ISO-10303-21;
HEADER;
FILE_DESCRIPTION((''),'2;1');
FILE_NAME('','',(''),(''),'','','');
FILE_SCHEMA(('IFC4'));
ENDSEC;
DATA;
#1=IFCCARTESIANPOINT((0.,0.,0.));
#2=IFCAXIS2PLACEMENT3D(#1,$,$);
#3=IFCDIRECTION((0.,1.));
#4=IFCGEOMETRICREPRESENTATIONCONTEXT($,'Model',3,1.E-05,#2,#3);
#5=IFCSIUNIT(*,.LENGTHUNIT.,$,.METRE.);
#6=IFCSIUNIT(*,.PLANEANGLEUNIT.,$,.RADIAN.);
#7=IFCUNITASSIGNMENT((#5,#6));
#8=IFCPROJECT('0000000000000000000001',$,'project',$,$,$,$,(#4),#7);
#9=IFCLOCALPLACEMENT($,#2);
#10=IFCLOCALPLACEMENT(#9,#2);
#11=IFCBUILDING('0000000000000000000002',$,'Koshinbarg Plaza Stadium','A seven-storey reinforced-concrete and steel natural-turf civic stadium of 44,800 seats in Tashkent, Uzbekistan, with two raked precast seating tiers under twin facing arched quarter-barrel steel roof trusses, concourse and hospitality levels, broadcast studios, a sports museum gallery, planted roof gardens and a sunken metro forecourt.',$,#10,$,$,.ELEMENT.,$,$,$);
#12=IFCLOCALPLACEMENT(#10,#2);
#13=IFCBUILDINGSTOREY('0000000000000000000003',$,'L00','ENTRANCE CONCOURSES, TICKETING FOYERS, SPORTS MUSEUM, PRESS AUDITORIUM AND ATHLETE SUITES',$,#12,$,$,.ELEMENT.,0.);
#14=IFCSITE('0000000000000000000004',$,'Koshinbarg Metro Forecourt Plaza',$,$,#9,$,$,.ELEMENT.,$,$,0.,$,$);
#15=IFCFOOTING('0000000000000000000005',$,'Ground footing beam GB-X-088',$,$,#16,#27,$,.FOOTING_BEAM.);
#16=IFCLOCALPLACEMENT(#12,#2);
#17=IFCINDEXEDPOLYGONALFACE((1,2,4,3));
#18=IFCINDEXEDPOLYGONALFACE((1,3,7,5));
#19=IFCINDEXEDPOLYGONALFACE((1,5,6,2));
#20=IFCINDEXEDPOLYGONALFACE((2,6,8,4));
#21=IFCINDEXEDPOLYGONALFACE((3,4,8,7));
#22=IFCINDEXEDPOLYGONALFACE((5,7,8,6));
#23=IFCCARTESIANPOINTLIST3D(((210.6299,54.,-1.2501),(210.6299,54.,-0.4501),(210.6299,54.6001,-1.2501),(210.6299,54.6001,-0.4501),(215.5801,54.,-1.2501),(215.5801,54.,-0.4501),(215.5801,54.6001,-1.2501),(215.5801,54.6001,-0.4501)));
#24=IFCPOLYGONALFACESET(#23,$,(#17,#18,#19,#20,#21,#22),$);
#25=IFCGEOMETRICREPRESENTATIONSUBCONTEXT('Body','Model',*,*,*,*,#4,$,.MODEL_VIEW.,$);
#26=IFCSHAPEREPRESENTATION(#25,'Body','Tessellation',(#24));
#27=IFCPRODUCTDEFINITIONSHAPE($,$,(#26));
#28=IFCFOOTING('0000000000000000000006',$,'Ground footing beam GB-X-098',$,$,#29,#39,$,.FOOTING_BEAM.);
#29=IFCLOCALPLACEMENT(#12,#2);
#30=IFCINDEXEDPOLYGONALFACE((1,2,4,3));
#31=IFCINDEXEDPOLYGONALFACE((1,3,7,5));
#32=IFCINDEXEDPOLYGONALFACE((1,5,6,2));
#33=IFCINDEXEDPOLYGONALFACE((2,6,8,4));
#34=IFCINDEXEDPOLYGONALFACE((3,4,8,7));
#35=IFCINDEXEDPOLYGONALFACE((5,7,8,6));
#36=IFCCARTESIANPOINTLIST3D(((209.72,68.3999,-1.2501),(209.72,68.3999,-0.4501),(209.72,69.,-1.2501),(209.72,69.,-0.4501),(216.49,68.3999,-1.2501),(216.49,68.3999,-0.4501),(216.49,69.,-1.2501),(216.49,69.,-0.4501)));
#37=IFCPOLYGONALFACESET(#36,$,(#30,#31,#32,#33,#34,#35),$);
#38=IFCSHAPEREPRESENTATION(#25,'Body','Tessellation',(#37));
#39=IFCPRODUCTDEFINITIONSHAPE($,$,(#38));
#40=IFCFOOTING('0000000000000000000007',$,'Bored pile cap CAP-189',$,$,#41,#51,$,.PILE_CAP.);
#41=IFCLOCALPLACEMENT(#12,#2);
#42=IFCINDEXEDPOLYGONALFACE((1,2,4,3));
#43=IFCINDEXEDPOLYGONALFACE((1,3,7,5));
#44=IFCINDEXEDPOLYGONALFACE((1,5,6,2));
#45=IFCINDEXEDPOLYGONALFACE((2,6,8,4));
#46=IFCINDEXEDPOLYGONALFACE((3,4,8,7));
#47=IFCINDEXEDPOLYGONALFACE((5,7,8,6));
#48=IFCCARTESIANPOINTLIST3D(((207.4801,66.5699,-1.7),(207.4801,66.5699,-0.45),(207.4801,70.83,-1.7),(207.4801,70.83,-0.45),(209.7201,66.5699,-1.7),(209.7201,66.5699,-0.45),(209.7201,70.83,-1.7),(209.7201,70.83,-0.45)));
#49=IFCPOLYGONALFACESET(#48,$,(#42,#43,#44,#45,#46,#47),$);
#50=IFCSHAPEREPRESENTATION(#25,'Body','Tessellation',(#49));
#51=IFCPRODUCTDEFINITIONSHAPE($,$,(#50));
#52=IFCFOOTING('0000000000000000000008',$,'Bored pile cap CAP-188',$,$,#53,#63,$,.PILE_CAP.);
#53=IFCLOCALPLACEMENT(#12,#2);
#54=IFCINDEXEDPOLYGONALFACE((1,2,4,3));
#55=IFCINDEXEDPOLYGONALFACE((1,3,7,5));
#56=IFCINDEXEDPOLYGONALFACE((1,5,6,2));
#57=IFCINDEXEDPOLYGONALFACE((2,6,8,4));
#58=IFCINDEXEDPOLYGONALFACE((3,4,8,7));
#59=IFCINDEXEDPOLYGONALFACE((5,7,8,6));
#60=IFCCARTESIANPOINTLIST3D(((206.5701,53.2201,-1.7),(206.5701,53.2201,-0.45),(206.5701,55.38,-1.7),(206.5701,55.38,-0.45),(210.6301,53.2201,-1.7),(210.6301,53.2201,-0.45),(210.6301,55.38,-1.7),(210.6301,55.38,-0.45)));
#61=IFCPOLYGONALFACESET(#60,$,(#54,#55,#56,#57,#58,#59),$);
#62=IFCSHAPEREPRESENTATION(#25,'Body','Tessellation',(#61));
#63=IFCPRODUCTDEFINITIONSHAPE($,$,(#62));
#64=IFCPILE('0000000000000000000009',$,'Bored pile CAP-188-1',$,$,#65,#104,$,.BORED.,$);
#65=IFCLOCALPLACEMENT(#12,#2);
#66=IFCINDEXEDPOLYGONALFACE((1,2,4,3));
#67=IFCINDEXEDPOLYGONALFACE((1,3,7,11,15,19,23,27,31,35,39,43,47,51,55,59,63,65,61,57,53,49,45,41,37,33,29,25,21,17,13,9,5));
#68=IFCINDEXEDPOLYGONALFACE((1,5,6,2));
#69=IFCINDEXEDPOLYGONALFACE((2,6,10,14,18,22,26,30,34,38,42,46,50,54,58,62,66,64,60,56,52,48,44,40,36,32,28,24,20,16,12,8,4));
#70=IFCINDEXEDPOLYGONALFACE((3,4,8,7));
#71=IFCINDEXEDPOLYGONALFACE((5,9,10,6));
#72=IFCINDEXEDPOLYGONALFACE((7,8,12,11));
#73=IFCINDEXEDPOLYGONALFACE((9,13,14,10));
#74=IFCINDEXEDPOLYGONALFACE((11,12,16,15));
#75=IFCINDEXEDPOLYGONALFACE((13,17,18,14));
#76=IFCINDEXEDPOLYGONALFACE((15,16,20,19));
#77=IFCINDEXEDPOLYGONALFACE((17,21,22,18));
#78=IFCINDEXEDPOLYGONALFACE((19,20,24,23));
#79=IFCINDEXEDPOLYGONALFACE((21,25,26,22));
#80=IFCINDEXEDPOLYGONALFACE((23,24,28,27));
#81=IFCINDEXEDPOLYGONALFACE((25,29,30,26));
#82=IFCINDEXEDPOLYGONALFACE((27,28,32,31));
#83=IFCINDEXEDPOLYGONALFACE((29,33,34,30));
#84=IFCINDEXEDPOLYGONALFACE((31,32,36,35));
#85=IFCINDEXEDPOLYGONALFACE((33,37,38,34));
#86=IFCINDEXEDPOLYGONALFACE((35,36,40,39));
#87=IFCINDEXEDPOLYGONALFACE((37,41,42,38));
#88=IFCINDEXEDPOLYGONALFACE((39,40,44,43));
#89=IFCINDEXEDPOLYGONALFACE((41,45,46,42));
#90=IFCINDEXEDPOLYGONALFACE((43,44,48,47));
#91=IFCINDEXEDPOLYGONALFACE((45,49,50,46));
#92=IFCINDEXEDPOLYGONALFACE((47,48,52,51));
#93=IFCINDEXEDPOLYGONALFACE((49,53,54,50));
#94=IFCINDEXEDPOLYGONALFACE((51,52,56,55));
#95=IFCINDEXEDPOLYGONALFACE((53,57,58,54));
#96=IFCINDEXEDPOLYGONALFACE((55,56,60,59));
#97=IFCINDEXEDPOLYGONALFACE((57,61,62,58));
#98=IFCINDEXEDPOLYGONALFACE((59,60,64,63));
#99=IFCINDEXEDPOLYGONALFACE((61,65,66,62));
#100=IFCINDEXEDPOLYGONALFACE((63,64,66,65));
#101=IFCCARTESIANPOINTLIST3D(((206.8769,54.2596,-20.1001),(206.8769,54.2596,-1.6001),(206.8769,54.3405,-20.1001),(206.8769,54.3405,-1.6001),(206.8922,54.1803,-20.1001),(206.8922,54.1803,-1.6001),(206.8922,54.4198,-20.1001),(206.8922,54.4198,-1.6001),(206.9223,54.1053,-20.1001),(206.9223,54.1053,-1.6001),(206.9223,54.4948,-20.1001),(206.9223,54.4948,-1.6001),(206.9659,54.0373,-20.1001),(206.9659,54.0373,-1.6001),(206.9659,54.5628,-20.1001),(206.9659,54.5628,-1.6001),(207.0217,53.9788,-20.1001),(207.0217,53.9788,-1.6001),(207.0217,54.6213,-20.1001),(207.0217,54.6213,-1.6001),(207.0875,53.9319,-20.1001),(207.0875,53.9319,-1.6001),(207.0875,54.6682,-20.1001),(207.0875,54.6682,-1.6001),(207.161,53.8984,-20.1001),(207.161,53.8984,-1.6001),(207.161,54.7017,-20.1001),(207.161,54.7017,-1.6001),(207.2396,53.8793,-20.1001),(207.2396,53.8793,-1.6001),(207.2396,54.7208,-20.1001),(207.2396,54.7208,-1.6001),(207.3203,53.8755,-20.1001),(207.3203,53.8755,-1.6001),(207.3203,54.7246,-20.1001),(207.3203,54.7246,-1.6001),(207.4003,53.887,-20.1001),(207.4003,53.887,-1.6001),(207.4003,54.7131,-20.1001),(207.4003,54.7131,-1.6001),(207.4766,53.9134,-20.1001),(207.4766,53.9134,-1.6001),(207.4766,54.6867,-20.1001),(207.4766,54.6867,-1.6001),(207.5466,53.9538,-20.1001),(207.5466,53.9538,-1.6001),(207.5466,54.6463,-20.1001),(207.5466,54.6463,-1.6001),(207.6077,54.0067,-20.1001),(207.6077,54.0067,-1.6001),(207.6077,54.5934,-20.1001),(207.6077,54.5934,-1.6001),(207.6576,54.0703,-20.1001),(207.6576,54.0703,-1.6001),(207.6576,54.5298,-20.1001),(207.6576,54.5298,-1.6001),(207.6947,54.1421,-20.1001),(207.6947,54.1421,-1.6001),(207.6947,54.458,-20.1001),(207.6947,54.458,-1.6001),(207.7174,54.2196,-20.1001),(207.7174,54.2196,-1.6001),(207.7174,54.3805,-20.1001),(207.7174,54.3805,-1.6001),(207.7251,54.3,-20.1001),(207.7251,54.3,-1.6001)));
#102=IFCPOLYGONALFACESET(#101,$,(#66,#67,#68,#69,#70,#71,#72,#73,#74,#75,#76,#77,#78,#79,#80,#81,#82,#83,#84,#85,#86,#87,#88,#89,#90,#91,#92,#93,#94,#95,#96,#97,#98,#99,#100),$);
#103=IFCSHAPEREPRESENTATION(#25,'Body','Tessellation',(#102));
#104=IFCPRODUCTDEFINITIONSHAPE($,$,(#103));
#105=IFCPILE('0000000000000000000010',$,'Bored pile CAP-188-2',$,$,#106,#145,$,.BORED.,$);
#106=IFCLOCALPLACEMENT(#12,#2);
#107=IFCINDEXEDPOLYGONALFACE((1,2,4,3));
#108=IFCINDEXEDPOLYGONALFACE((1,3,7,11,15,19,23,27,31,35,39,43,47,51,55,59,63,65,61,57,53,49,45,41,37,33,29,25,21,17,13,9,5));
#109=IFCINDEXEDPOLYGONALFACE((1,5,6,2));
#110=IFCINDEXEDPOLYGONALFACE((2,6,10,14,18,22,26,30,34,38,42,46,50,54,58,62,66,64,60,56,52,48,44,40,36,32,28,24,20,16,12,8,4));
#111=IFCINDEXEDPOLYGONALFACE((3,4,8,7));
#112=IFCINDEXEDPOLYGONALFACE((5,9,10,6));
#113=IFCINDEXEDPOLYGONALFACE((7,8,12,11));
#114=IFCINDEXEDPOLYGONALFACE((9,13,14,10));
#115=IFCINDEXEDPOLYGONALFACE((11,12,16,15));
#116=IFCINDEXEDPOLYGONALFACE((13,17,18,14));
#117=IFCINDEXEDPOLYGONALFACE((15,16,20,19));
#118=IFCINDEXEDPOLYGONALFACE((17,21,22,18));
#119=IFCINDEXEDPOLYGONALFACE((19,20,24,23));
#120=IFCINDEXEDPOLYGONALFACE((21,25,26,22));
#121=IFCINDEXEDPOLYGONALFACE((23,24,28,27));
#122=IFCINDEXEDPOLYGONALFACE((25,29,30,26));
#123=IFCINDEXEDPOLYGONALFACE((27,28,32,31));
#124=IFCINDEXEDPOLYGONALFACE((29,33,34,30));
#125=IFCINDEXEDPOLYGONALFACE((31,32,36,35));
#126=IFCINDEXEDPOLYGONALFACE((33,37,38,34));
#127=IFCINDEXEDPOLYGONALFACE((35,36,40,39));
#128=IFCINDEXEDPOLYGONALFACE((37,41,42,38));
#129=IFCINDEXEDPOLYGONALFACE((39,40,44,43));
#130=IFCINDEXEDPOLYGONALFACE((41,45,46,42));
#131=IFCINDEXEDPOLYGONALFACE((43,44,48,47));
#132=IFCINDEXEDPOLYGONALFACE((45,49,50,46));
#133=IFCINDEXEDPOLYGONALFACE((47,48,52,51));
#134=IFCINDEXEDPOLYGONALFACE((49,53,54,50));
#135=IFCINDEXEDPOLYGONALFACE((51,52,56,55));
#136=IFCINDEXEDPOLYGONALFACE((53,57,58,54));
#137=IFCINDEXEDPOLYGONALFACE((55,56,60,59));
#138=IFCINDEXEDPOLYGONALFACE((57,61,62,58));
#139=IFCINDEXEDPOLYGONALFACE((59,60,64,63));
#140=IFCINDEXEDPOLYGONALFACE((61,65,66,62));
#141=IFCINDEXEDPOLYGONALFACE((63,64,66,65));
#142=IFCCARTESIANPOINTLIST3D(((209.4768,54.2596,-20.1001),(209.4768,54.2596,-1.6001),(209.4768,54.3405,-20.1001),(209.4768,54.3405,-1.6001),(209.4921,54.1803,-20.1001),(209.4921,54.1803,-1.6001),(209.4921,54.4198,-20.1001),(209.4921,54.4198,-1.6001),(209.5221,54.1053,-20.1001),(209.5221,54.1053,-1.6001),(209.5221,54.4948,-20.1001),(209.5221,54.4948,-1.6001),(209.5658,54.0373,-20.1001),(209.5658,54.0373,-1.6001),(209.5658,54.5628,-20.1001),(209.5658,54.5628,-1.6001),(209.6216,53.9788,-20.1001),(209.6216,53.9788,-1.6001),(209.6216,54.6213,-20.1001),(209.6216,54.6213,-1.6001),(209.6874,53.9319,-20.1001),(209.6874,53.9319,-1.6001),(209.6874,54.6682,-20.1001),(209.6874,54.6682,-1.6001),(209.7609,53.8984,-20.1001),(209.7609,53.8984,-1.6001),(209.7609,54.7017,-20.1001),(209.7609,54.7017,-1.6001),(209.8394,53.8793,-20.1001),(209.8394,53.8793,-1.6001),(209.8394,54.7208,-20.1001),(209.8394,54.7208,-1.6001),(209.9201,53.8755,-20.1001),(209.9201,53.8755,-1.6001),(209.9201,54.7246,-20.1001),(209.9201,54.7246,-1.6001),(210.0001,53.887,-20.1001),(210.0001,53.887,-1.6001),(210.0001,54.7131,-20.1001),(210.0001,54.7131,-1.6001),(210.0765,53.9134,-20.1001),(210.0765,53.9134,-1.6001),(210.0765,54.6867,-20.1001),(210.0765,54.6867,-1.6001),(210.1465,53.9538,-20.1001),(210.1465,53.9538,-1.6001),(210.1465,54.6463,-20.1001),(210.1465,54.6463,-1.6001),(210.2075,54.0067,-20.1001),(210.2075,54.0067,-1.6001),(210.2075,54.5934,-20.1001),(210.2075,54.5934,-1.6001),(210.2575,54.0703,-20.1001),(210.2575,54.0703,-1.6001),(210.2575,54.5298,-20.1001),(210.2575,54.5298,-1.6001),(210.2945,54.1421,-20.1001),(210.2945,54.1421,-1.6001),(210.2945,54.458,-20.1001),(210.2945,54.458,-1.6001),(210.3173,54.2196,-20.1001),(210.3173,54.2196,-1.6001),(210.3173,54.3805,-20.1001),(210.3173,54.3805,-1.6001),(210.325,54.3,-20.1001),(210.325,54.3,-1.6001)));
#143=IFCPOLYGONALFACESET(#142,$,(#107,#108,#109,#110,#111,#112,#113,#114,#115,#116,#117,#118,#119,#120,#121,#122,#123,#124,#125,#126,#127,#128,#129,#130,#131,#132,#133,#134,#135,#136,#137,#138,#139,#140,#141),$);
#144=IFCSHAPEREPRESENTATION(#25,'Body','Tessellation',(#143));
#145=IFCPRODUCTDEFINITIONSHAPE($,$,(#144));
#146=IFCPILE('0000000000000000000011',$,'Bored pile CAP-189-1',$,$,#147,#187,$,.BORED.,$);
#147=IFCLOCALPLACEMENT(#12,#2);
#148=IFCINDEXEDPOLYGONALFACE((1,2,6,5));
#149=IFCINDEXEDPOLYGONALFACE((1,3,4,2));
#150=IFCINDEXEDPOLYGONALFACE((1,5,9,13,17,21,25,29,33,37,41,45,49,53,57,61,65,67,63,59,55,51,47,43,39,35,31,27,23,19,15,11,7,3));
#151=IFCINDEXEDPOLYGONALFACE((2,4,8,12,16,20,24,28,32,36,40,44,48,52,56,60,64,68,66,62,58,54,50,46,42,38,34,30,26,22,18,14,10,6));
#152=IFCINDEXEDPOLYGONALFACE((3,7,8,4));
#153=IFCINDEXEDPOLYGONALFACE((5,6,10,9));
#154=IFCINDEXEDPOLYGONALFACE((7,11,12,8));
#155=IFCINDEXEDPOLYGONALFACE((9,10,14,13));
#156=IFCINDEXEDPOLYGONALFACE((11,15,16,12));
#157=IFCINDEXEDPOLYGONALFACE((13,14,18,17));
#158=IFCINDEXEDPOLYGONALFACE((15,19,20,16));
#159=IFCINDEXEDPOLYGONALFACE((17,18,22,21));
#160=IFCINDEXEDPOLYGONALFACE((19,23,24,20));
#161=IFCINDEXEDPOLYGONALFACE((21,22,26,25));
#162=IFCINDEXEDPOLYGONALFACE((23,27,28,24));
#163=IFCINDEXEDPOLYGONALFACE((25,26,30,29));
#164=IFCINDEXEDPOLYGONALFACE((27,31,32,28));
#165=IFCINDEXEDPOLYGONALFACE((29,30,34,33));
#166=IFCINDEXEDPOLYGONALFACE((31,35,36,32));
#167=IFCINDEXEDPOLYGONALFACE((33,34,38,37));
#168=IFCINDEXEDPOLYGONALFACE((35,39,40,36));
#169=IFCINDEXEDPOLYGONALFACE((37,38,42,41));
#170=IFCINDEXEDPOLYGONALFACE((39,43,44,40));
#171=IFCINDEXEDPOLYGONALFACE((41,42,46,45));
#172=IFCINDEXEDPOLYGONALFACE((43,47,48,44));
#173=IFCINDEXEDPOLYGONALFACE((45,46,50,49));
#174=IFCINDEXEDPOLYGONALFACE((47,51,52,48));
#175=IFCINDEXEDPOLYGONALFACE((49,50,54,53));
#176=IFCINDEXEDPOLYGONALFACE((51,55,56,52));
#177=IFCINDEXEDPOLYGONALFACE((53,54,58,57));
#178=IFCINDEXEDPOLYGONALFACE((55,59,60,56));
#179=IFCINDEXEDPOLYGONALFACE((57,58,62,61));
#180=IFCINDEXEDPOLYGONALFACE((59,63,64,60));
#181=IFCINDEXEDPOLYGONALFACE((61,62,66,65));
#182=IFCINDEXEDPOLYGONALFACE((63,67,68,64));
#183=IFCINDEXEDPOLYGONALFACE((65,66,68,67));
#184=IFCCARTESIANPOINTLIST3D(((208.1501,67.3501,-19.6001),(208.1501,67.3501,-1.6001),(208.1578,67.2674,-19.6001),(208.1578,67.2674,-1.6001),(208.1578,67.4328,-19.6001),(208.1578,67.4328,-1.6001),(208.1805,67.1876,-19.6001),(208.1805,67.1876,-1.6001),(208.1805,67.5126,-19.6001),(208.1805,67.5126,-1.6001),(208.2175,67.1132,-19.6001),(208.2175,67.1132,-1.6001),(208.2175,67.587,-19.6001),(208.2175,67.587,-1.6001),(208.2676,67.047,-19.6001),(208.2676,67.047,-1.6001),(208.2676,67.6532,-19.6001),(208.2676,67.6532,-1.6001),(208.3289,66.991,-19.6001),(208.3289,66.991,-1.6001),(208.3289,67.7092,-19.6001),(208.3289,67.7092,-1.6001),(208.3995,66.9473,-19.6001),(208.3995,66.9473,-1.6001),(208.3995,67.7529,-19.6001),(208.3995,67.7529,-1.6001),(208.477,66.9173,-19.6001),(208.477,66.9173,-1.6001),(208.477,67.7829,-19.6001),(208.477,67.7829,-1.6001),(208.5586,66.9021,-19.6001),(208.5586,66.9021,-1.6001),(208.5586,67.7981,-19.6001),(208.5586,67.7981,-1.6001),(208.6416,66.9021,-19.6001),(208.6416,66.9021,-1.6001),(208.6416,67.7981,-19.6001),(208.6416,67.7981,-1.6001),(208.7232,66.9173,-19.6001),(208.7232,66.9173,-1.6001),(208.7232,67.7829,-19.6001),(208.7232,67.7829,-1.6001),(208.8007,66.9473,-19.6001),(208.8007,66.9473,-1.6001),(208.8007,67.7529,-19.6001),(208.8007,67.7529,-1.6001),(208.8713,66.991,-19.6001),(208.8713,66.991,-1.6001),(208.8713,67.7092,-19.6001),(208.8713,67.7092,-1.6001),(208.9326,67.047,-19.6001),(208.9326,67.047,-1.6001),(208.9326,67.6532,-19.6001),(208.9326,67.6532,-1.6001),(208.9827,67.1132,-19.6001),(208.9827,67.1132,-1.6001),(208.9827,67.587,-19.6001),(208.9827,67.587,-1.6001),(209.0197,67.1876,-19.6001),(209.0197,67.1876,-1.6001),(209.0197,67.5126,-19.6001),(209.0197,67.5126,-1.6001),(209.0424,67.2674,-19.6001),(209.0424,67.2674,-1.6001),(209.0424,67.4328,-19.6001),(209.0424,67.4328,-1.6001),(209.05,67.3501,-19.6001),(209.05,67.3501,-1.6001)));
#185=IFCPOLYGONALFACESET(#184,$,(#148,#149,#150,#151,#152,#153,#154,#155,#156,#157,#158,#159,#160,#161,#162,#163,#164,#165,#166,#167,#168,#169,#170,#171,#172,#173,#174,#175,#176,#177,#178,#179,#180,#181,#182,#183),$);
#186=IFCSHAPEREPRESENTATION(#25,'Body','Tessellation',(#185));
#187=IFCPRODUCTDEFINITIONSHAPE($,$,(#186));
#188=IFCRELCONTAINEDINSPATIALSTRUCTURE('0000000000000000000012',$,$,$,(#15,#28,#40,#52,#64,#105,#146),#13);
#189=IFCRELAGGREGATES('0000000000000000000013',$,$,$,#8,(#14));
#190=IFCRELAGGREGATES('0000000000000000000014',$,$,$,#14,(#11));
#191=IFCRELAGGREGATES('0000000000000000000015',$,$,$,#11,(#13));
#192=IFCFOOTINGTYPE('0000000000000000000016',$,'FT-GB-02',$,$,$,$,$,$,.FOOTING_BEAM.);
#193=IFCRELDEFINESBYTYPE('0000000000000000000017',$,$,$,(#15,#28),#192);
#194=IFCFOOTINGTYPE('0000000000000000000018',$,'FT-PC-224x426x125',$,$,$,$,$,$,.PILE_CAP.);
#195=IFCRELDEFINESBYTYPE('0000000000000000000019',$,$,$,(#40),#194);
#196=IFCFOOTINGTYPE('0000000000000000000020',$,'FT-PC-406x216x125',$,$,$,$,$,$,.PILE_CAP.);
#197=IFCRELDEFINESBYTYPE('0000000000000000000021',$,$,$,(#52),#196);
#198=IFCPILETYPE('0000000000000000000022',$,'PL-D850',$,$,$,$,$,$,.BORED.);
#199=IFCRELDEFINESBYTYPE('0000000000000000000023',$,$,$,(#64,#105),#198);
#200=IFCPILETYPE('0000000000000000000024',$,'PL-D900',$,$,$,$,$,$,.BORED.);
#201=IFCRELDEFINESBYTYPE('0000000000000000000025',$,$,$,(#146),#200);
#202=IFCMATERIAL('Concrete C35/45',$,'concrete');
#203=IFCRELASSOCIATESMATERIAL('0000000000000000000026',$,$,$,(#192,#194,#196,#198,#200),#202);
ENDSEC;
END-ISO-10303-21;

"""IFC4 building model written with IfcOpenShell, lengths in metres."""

from ifc_helpers import new_model, si_unit, direction, frame, origin, origin_2d, place, context, subcontext, project, spatial, rectangle, circle, extrude, material, material_profile, profile_set, type_object, element, save


model = new_model("IFC4")

# Units and contexts
model_context = context("Model", 3, precision=1e-05, world=origin(), true_north=direction((0.0, 1.0)))
body_context = subcontext(model_context, "Body", "Model", "MODEL_VIEW")
ifc_project = project(units=[si_unit("LENGTHUNIT", "METRE"), si_unit("PLANEANGLEUNIT", "RADIAN")], contexts=[model_context])

# Site, building, storey
site_placement = place(None, origin())
site = spatial("IfcSite", under=ifc_project, at=site_placement, Name="Koshinbarg Metro Forecourt Plaza", CompositionType="ELEMENT", RefElevation=0.0)
building_placement = place(site_placement, origin())
building = spatial("IfcBuilding", under=site, at=building_placement, Name="Koshinbarg Plaza Stadium", Description="A seven-storey reinforced-concrete and steel natural-turf civic stadium of 44,800 seats in Tashkent, Uzbekistan, with two raked precast seating tiers under twin facing arched quarter-barrel steel roof trusses, concourse and hospitality levels, broadcast studios, a sports museum gallery, planted roof gardens and a sunken metro forecourt.", CompositionType="ELEMENT")
storey_placement = place(building_placement, origin())
storey = spatial("IfcBuildingStorey", under=building, at=storey_placement, Name="L00", Description="ENTRANCE CONCOURSES, TICKETING FOYERS, SPORTS MUSEUM, PRESS AUDITORIUM AND ATHLETE SUITES", CompositionType="ELEMENT", Elevation=0.0)

# Footings
ifc_material_1 = material(Name="Concrete C35/45", Category="concrete")
ifc_material_profile_1 = material_profile(ifc_material_1, rectangle(XDim=0.6001, YDim=0.8, at=origin_2d()), Name="GB 600x800")
ifc_profile_set_1 = profile_set([ifc_material_profile_1], Name="Concrete C35/45")
footing_type_1 = type_object("IfcFootingType", Name="FT-GB-02", PredefinedType="FOOTING_BEAM", material=ifc_profile_set_1)
footing_1_placement = place(storey_placement, frame((210.6299, 54.3, -0.8501), z_axis=(1.0, 0.0, 0.0), x_axis=(0.0, 1.0, 0.0)))
element("IfcFooting", 1, at=footing_1_placement, inside=storey, type_object=footing_type_1, Name="Ground footing beam GB-X-088", PredefinedType="FOOTING_BEAM", context=body_context, shape_type="SweptSolid", body=[
    extrude(rectangle(XDim=0.6001, YDim=0.8, at=origin_2d()), origin(), (0.0, 0.0, 1.0), 4.9502),
])
footing_2_placement = place(storey_placement, frame((209.72, 68.7, -0.8501), z_axis=(1.0, 0.0, 0.0), x_axis=(0.0, 1.0, 0.0)))
element("IfcFooting", 2, at=footing_2_placement, inside=storey, type_object=footing_type_1, Name="Ground footing beam GB-X-098", PredefinedType="FOOTING_BEAM", context=body_context, shape_type="SweptSolid", body=[
    extrude(rectangle(XDim=0.6001, YDim=0.8, at=origin_2d()), origin(), (0.0, 0.0, 1.0), 6.77),
])
footing_type_2 = type_object("IfcFootingType", Name="FT-PC-224x426x125", PredefinedType="PILE_CAP", material=ifc_material_1)
footing_3_placement = place(storey_placement, frame((208.6001, 68.7, -1.7), z_axis=(0.0, 0.0, 1.0), x_axis=(1.0, 0.0, 0.0)))
element("IfcFooting", 3, at=footing_3_placement, inside=storey, type_object=footing_type_2, Name="Bored pile cap CAP-189", PredefinedType="PILE_CAP", context=body_context, shape_type="SweptSolid", body=[
    extrude(rectangle(XDim=2.24, YDim=4.26, at=origin_2d()), origin(), (0.0, 0.0, 1.0), 1.25),
])
footing_type_3 = type_object("IfcFootingType", Name="FT-PC-406x216x125", PredefinedType="PILE_CAP", material=ifc_material_1)
footing_4_placement = place(storey_placement, frame((208.6001, 54.3, -1.7), z_axis=(0.0, 0.0, 1.0), x_axis=(1.0, 0.0, 0.0)))
element("IfcFooting", 4, at=footing_4_placement, inside=storey, type_object=footing_type_3, Name="Bored pile cap CAP-188", PredefinedType="PILE_CAP", context=body_context, shape_type="SweptSolid", body=[
    extrude(rectangle(XDim=4.0601, YDim=2.1599, at=origin_2d()), origin(), (0.0, 0.0, 1.0), 1.25),
])

# Piles
ifc_material_profile_2 = material_profile(ifc_material_1, circle(Radius=0.425, at=origin_2d()), Name="PILE D850")
ifc_profile_set_2 = profile_set([ifc_material_profile_2], Name="Concrete C35/45")
pile_type_1 = type_object("IfcPileType", Name="PL-D850", PredefinedType="BORED", material=ifc_profile_set_2)
for number, where, z_axis, x_axis, name in (
    (5, (207.3, 54.3, -1.6001), (0.0, 0.0, -1.0), (1.0, 0.0, 0.0), "Bored pile CAP-188-1"),
    (6, (209.8999, 54.3, -1.6001), (0.0, 0.0, -1.0), (1.0, 0.0, 0.0), "Bored pile CAP-188-2"),
):
    element("IfcPile", number, at=place(storey_placement, frame(where, z_axis=z_axis, x_axis=x_axis)), inside=storey, type_object=pile_type_1, Name=name, PredefinedType="BORED", context=body_context, shape_type="SweptSolid", body=[
        extrude(circle(Radius=0.425, at=origin_2d()), origin(), (0.0, 0.0, 1.0), 18.5),
    ])
ifc_material_profile_3 = material_profile(ifc_material_1, circle(Radius=0.45, at=origin_2d()), Name="PILE D900")
ifc_profile_set_3 = profile_set([ifc_material_profile_3], Name="Concrete C35/45")
pile_type_2 = type_object("IfcPileType", Name="PL-D900", PredefinedType="BORED", material=ifc_profile_set_3)
for number, where, z_axis, x_axis, name in (
    (7, (208.6001, 67.3501, -1.6001), (0.0, 0.0, -1.0), (1.0, 0.0, 0.0), "Bored pile CAP-189-1"),
):
    element("IfcPile", number, at=place(storey_placement, frame(where, z_axis=z_axis, x_axis=x_axis)), inside=storey, type_object=pile_type_2, Name=name, PredefinedType="BORED", context=body_context, shape_type="SweptSolid", body=[
        extrude(circle(Radius=0.45, at=origin_2d()), origin(), (0.0, 0.0, 1.0), 18.0),
    ])

save(model, "model.ifc")
